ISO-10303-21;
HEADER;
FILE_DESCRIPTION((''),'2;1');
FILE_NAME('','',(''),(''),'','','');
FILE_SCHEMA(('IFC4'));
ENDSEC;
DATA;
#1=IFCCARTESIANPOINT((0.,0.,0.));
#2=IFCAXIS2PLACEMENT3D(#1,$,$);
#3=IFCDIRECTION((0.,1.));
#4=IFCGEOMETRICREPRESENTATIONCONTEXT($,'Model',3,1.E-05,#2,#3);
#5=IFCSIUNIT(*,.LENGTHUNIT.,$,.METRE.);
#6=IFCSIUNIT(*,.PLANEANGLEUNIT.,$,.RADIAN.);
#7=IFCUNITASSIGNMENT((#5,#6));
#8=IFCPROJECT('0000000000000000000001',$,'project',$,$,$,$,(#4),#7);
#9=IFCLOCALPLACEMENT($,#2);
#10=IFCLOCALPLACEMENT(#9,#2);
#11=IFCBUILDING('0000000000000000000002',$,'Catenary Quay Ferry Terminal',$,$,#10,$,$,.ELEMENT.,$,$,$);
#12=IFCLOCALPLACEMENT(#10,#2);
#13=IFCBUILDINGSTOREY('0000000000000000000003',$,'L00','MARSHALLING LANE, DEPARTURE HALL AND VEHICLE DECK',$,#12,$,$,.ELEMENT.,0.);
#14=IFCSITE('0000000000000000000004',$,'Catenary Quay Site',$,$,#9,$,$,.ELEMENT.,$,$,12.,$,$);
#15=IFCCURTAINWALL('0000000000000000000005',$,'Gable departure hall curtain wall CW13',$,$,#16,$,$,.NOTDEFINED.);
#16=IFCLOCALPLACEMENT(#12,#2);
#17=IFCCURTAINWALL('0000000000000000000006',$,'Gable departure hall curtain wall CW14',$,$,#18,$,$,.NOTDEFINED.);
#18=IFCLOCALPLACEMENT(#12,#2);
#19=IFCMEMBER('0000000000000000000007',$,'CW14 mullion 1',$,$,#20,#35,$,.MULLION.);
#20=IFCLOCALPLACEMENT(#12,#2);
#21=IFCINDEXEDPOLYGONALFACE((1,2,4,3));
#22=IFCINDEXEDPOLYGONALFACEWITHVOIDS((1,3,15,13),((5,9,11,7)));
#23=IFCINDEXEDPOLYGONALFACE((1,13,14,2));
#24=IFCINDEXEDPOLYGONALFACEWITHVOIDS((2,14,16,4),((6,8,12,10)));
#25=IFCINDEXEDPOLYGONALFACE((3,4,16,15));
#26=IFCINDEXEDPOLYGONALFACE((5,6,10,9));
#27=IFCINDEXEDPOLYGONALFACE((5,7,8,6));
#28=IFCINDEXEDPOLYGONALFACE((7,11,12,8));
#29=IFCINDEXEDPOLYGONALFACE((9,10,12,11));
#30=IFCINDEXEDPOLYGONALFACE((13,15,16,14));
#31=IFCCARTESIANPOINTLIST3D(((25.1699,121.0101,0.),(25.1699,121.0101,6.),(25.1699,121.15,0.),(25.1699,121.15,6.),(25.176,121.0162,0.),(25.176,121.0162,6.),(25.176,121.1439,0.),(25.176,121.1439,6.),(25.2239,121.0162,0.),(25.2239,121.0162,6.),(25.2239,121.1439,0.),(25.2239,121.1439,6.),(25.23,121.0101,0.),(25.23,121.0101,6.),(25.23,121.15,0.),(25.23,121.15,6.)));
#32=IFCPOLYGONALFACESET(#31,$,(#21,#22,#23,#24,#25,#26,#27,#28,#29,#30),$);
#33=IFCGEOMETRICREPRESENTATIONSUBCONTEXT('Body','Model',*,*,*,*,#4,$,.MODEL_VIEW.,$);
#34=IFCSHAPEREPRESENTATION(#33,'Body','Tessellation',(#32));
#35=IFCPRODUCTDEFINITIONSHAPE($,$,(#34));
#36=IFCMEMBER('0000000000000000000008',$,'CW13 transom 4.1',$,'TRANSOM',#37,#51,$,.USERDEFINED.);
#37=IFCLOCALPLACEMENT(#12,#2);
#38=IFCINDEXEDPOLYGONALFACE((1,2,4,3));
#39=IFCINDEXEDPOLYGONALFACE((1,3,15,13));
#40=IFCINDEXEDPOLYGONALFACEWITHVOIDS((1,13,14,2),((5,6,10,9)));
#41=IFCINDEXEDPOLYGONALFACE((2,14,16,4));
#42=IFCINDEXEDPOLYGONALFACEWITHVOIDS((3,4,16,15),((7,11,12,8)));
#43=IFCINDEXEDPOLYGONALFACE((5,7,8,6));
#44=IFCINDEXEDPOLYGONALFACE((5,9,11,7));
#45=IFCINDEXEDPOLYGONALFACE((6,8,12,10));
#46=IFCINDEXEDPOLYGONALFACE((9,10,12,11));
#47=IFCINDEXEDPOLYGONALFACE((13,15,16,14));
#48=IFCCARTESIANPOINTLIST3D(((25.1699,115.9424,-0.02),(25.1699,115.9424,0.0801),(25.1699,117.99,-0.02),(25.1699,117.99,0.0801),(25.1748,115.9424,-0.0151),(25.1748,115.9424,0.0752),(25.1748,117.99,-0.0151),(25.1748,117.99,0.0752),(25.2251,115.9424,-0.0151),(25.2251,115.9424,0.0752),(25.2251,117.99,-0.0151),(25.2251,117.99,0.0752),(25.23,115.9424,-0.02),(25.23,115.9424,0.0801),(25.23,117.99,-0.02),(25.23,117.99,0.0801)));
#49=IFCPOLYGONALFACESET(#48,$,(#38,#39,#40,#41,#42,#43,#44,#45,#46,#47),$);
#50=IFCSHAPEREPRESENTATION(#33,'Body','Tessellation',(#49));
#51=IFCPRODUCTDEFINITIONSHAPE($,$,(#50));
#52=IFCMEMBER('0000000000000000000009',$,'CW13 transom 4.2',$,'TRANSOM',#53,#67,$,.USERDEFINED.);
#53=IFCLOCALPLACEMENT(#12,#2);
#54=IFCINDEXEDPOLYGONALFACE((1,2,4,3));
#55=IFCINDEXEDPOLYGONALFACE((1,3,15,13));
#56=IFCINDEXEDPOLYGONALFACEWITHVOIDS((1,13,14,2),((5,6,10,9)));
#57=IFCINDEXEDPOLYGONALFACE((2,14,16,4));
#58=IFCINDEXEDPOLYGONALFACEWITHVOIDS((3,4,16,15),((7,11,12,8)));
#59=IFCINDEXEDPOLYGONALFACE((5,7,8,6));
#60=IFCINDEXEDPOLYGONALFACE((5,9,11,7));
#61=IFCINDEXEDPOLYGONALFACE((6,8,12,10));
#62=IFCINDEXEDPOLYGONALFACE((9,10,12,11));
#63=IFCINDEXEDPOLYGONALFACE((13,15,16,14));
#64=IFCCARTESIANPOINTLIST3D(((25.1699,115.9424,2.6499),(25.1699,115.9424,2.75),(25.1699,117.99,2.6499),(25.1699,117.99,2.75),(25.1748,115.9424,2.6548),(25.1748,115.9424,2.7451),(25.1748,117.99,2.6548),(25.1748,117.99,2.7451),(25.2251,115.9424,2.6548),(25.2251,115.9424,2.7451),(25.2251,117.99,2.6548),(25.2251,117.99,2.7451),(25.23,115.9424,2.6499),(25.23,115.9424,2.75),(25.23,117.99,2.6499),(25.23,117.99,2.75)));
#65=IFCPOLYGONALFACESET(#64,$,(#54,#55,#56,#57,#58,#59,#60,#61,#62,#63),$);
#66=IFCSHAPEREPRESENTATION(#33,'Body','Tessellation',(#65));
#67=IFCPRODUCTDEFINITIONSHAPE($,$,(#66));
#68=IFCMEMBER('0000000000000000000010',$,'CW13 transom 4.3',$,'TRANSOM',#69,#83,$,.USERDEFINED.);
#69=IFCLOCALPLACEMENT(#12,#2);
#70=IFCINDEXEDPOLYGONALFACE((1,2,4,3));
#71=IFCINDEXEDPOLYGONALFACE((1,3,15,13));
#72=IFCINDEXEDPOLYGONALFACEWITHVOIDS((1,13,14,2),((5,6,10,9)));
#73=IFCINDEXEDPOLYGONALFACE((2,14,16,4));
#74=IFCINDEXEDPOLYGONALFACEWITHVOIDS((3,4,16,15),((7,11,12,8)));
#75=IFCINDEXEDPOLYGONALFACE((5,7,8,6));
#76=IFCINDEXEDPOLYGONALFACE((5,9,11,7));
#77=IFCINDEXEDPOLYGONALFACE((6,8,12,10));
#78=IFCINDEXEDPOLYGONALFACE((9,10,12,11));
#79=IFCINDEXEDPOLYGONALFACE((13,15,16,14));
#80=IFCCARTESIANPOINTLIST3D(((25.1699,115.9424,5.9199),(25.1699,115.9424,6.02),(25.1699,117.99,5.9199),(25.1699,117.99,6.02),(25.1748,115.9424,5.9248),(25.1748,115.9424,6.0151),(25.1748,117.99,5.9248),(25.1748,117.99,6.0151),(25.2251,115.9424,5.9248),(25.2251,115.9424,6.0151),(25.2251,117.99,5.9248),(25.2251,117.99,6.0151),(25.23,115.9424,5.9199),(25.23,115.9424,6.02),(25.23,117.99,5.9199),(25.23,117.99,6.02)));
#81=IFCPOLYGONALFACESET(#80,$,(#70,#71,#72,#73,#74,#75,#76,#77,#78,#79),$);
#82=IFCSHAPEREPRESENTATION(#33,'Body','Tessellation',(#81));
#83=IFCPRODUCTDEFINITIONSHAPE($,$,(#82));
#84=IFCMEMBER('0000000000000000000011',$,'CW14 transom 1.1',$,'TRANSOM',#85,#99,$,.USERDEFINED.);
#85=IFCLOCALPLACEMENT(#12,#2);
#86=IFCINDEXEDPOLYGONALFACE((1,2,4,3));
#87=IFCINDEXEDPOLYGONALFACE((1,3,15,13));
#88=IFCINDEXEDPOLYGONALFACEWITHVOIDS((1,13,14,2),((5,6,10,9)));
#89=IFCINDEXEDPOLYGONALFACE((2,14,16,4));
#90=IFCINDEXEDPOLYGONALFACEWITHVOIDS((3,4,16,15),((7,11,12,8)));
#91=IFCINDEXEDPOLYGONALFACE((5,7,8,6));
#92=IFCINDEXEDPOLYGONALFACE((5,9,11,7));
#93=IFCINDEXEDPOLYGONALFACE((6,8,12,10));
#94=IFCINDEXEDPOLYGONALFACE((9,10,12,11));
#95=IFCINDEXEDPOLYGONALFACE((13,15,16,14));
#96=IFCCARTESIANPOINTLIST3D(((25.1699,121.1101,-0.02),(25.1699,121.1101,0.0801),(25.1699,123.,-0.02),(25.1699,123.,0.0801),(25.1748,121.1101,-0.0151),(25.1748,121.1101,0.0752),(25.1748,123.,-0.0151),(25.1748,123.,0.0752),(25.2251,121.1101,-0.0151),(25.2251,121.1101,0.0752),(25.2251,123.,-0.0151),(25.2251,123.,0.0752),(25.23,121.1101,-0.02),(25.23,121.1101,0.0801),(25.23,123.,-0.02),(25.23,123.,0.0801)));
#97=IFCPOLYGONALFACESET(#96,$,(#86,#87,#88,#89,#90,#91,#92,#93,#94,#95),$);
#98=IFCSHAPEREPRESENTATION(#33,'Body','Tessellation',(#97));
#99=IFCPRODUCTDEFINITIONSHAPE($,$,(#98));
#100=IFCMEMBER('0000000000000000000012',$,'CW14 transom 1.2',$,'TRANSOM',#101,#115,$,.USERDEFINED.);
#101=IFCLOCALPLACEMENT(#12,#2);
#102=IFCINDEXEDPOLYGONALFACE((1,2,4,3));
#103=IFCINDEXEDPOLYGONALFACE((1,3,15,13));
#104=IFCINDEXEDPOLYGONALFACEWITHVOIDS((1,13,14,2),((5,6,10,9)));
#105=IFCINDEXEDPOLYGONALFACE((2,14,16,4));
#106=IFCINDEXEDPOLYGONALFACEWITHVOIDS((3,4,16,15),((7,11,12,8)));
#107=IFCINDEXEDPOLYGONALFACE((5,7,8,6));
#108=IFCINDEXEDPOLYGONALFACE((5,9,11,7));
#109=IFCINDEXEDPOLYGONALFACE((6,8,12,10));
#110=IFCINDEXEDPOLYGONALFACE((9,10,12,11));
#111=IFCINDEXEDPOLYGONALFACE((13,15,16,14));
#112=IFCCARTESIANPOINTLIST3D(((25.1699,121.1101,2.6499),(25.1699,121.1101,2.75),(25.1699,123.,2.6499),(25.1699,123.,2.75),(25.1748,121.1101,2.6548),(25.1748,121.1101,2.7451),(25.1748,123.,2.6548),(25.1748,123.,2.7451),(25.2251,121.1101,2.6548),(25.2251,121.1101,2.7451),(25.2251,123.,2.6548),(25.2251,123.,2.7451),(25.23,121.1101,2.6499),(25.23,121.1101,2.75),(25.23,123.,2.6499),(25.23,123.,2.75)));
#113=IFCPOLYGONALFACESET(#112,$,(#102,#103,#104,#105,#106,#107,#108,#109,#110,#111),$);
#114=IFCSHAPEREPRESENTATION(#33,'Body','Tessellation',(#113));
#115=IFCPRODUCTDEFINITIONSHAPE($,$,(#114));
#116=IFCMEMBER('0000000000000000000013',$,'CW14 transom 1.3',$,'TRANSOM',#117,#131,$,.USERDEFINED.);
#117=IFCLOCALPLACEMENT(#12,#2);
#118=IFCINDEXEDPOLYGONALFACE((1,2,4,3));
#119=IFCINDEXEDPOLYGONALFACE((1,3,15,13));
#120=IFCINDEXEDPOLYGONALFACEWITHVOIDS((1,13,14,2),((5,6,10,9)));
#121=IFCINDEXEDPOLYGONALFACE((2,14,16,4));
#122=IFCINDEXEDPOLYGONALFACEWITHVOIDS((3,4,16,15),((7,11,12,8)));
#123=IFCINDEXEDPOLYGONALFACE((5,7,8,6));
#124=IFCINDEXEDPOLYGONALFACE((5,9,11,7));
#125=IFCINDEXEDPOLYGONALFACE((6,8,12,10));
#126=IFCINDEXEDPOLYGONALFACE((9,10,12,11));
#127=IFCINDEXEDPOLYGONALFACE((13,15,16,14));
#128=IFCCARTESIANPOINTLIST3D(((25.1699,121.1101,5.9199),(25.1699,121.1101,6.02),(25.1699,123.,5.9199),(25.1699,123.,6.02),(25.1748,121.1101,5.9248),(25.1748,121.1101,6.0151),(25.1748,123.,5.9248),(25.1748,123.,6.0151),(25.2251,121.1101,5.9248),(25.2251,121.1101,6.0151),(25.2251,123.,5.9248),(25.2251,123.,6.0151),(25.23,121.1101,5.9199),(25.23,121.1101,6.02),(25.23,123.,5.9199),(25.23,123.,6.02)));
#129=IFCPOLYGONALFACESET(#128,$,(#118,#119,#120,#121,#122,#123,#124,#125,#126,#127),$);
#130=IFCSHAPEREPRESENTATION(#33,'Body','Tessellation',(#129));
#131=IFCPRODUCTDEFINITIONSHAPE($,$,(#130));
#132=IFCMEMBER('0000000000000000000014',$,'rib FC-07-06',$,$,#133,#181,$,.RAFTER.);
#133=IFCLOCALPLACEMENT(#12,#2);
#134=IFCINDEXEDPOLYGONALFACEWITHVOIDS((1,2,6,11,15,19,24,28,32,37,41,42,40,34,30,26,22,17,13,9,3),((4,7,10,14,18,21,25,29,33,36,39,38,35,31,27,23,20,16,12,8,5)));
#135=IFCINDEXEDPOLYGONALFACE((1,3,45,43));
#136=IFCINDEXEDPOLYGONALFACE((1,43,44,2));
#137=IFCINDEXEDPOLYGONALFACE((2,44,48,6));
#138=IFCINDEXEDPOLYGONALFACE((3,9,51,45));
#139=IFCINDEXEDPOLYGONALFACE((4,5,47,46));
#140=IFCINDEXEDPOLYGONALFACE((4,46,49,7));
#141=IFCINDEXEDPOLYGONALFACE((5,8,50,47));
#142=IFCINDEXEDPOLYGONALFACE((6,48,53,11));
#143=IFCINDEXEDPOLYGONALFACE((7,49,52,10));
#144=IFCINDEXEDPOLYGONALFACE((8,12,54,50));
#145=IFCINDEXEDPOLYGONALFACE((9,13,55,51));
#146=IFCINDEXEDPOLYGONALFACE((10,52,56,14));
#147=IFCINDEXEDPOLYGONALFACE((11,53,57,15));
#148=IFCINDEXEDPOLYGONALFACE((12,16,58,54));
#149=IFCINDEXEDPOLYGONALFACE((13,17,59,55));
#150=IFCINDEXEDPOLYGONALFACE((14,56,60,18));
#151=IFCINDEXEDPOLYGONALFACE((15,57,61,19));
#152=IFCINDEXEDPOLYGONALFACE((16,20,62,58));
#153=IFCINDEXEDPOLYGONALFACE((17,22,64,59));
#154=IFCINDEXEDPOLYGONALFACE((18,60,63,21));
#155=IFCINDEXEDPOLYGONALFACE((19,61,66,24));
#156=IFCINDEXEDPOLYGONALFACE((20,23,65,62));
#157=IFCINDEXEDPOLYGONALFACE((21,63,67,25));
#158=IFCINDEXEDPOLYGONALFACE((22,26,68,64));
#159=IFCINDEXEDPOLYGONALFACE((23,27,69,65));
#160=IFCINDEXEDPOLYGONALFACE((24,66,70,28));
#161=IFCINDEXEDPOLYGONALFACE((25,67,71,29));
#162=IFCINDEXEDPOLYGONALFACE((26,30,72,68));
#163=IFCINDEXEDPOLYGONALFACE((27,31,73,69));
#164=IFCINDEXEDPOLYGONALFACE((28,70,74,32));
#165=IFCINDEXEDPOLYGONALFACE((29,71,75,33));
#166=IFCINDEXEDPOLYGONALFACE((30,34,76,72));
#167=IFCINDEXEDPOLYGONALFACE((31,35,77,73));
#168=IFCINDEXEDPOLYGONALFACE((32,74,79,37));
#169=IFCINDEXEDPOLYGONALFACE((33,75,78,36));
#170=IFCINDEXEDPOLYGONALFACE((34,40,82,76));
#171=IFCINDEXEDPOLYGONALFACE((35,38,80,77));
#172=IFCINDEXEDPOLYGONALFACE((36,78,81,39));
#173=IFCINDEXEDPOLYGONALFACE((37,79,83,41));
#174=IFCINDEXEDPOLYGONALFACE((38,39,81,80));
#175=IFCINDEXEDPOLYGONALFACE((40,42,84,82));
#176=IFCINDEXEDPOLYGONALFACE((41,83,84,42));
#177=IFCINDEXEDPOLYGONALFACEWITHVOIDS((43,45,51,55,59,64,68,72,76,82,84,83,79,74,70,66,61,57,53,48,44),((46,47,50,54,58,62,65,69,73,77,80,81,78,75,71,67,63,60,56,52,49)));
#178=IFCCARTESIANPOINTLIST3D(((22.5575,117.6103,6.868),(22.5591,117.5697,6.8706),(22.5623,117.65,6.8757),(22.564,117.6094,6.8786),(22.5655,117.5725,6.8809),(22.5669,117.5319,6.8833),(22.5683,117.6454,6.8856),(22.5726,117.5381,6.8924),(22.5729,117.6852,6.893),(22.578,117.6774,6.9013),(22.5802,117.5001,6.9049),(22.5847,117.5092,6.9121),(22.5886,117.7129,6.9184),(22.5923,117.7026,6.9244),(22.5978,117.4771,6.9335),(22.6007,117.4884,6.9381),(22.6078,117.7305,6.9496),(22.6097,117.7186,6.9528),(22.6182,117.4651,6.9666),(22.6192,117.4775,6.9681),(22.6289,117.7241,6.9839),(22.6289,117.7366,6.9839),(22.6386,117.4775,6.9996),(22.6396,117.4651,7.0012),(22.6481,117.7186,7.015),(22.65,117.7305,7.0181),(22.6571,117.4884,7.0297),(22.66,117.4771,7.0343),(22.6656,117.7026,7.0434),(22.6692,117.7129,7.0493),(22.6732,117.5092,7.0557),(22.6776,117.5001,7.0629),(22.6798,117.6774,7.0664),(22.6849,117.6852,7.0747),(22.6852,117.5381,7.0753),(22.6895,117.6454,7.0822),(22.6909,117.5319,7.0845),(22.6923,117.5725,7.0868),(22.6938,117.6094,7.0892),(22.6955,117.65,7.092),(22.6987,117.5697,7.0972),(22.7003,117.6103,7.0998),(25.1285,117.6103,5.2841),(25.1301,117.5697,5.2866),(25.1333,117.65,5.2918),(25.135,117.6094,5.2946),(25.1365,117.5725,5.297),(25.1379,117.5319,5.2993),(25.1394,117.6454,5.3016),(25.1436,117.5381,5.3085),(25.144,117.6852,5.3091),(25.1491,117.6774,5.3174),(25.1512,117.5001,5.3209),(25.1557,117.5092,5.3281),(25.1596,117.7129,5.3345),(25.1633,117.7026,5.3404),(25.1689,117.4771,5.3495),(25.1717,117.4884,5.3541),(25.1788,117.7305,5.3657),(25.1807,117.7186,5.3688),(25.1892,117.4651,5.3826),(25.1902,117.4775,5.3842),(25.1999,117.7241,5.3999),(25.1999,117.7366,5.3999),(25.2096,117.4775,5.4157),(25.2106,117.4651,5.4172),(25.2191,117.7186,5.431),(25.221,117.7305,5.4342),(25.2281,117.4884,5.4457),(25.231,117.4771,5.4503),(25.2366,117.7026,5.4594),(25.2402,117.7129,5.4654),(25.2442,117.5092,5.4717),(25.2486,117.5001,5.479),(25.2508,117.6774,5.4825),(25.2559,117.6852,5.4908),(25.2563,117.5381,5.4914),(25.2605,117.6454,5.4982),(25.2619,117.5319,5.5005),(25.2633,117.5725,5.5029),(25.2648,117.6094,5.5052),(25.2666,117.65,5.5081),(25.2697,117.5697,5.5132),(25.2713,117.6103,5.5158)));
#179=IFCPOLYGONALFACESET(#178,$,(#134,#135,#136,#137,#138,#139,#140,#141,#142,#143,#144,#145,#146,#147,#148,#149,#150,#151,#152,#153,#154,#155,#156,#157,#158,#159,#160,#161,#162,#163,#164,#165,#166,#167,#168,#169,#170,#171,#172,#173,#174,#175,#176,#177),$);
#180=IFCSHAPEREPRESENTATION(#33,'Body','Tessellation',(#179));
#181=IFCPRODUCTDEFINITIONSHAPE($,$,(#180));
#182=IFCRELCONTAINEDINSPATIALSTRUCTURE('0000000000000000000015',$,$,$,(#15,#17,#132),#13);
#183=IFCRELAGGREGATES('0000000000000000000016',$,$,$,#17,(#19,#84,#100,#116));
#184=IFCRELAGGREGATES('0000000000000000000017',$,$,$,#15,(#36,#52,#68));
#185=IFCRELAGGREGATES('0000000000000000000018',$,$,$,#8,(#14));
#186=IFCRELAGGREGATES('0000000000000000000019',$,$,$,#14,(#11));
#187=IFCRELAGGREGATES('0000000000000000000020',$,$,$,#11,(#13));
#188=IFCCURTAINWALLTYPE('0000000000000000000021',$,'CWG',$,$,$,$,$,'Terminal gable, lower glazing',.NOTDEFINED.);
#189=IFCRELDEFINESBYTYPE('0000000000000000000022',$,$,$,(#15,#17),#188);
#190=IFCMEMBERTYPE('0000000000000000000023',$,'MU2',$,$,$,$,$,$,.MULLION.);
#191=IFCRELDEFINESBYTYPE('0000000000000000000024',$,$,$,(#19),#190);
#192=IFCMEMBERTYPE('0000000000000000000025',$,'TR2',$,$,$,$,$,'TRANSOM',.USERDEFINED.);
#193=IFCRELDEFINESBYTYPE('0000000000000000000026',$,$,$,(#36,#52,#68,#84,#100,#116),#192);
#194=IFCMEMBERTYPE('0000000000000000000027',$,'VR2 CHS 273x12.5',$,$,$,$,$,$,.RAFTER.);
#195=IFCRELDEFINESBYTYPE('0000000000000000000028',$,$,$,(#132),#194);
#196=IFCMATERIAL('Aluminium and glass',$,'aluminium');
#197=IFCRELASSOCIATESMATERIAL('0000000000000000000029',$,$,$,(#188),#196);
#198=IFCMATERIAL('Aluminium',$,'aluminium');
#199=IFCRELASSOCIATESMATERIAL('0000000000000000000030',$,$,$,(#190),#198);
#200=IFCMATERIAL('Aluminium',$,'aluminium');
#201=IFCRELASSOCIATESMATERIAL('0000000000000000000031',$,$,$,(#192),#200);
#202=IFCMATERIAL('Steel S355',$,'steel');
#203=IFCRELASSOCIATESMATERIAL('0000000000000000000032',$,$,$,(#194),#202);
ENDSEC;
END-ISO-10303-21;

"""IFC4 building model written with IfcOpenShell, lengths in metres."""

from ifc_helpers import new_model, si_unit, direction, frame, origin, origin_2d, place, context, subcontext, project, spatial, hollow_rectangle, hollow_circle, extrude, material, material_profile, profile_set, type_object, element, aggregate, save


model = new_model("IFC4")

# Units and contexts
model_context = context("Model", 3, precision=1e-05, world=origin(), true_north=direction((0.0, 1.0)))
body_context = subcontext(model_context, "Body", "Model", "MODEL_VIEW")
ifc_project = project(units=[si_unit("LENGTHUNIT", "METRE"), si_unit("PLANEANGLEUNIT", "RADIAN")], contexts=[model_context])

# Site, building, storey
site_placement = place(None, origin())
site = spatial("IfcSite", under=ifc_project, at=site_placement, Name="Catenary Quay Site", CompositionType="ELEMENT", RefElevation=12.0)
building_placement = place(site_placement, origin())
building = spatial("IfcBuilding", under=site, at=building_placement, Name="Catenary Quay Ferry Terminal", CompositionType="ELEMENT")
storey_placement = place(building_placement, origin())
storey = spatial("IfcBuildingStorey", under=building, at=storey_placement, Name="L00", Description="MARSHALLING LANE, DEPARTURE HALL AND VEHICLE DECK", CompositionType="ELEMENT", Elevation=0.0)

# Curtain wall
ifc_material_1 = material(Name="Aluminium and glass", Category="aluminium")
curtain_wall_type = type_object("IfcCurtainWallType", Name="CWG", ElementType="Terminal gable, lower glazing", PredefinedType="NOTDEFINED", material=ifc_material_1)
curtain_wall_1_placement = place(storey_placement, origin())
curtain_wall_1 = element("IfcCurtainWall", 1, at=curtain_wall_1_placement, inside=storey, type_object=curtain_wall_type, Name="Gable departure hall curtain wall CW13", PredefinedType="NOTDEFINED")
ifc_material_2 = material(Name="Aluminium", Category="aluminium")
ifc_material_profile_1 = material_profile(ifc_material_2, hollow_rectangle(XDim=0.0601, YDim=0.1399, WallThickness=0.0061, at=origin_2d()), Name="MU2")
ifc_profile_set_1 = profile_set([ifc_material_profile_1], Name="Aluminium")
member_type_1 = type_object("IfcMemberType", Name="MU2", PredefinedType="MULLION", material=ifc_profile_set_1)

# Curtain wall, member
curtain_wall_2_placement = place(storey_placement, origin())
curtain_wall_2 = element("IfcCurtainWall", 2, at=curtain_wall_2_placement, inside=storey, type_object=curtain_wall_type, Name="Gable departure hall curtain wall CW14", PredefinedType="NOTDEFINED")
member_1_placement = place(storey_placement, frame((25.2, 121.0801, 0.0), z_axis=(0.0, 0.0, 1.0), x_axis=(-1.0, 0.0, 0.0)))
member_1 = element("IfcMember", 3, at=member_1_placement, type_object=member_type_1, Name="CW14 mullion 1", PredefinedType="MULLION", context=body_context, shape_type="SweptSolid", body=[
    extrude(hollow_rectangle(XDim=0.0601, YDim=0.1399, WallThickness=0.0061, at=origin_2d()), origin(), (0.0, 0.0, 1.0), 6.0),
])

# Members
ifc_material_3 = material(Name="Aluminium", Category="aluminium")
ifc_material_profile_2 = material_profile(ifc_material_3, hollow_rectangle(XDim=0.0601, YDim=0.1001, WallThickness=0.0049, at=origin_2d()), Name="TR2")
ifc_profile_set_2 = profile_set([ifc_material_profile_2], Name="Aluminium")
member_type_2 = type_object("IfcMemberType", Name="TR2", ElementType="TRANSOM", PredefinedType="USERDEFINED", material=ifc_profile_set_2)
member_2_placement = place(storey_placement, frame((25.2, 115.9424, 0.03), z_axis=(0.0, 1.0, 0.0), x_axis=(-1.0, 0.0, 0.0)))
member_2 = element("IfcMember", 4, at=member_2_placement, type_object=member_type_2, Name="CW13 transom 4.1", ObjectType="TRANSOM", PredefinedType="USERDEFINED", context=body_context, shape_type="SweptSolid", body=[
    extrude(hollow_rectangle(XDim=0.0601, YDim=0.1001, WallThickness=0.0049, at=origin_2d()), origin(), (0.0, 0.0, 1.0), 2.0476),
])
member_3_placement = place(storey_placement, frame((25.2, 115.9424, 2.7), z_axis=(0.0, 1.0, 0.0), x_axis=(-1.0, 0.0, 0.0)))
member_3 = element("IfcMember", 5, at=member_3_placement, type_object=member_type_2, Name="CW13 transom 4.2", ObjectType="TRANSOM", PredefinedType="USERDEFINED", context=body_context, shape_type="SweptSolid", body=[
    extrude(hollow_rectangle(XDim=0.0601, YDim=0.1001, WallThickness=0.0049, at=origin_2d()), origin(), (0.0, 0.0, 1.0), 2.0476),
])
member_4_placement = place(storey_placement, frame((25.2, 115.9424, 5.97), z_axis=(0.0, 1.0, 0.0), x_axis=(-1.0, 0.0, 0.0)))
member_4 = element("IfcMember", 6, at=member_4_placement, type_object=member_type_2, Name="CW13 transom 4.3", ObjectType="TRANSOM", PredefinedType="USERDEFINED", context=body_context, shape_type="SweptSolid", body=[
    extrude(hollow_rectangle(XDim=0.0601, YDim=0.1001, WallThickness=0.0049, at=origin_2d()), origin(), (0.0, 0.0, 1.0), 2.0476),
])
member_5_placement = place(storey_placement, frame((25.2, 121.1101, 0.03), z_axis=(0.0, 1.0, 0.0), x_axis=(-1.0, 0.0, 0.0)))
member_5 = element("IfcMember", 7, at=member_5_placement, type_object=member_type_2, Name="CW14 transom 1.1", ObjectType="TRANSOM", PredefinedType="USERDEFINED", context=body_context, shape_type="SweptSolid", body=[
    extrude(hollow_rectangle(XDim=0.0601, YDim=0.1001, WallThickness=0.0049, at=origin_2d()), origin(), (0.0, 0.0, 1.0), 1.8899),
])
member_6_placement = place(storey_placement, frame((25.2, 121.1101, 2.7), z_axis=(0.0, 1.0, 0.0), x_axis=(-1.0, 0.0, 0.0)))
member_6 = element("IfcMember", 8, at=member_6_placement, type_object=member_type_2, Name="CW14 transom 1.2", ObjectType="TRANSOM", PredefinedType="USERDEFINED", context=body_context, shape_type="SweptSolid", body=[
    extrude(hollow_rectangle(XDim=0.0601, YDim=0.1001, WallThickness=0.0049, at=origin_2d()), origin(), (0.0, 0.0, 1.0), 1.8899),
])
member_7_placement = place(storey_placement, frame((25.2, 121.1101, 5.97), z_axis=(0.0, 1.0, 0.0), x_axis=(-1.0, 0.0, 0.0)))
member_7 = element("IfcMember", 9, at=member_7_placement, type_object=member_type_2, Name="CW14 transom 1.3", ObjectType="TRANSOM", PredefinedType="USERDEFINED", context=body_context, shape_type="SweptSolid", body=[
    extrude(hollow_rectangle(XDim=0.0601, YDim=0.1001, WallThickness=0.0049, at=origin_2d()), origin(), (0.0, 0.0, 1.0), 1.8899),
])
aggregate(curtain_wall_2, [member_1, member_5, member_6, member_7])

# Member
ifc_material_4 = material(Name="Steel S355", Category="steel")
ifc_material_profile_3 = material_profile(ifc_material_4, hollow_circle(Radius=0.1365, WallThickness=0.0125, at=origin_2d()), Name="CHS 273x12.5")
ifc_profile_set_3 = profile_set([ifc_material_profile_3], Name="Steel S355")
member_type_3 = type_object("IfcMemberType", Name="VR2 CHS 273x12.5", PredefinedType="RAFTER", material=ifc_profile_set_3)
for number, where, z_axis, x_axis, name in (
    (10, (22.6289, 117.6001, 6.9839), (0.851392, 0.0, -0.52453), (0.0, 1.0, 0.0), "rib FC-07-06"),
):
    element("IfcMember", number, at=place(storey_placement, frame(where, z_axis=z_axis, x_axis=x_axis)), inside=storey, type_object=member_type_3, Name=name, PredefinedType="RAFTER", context=body_context, shape_type="SweptSolid", body=[
        extrude(hollow_circle(Radius=0.1365, WallThickness=0.0125, at=origin_2d()), origin(), (0.0, 0.0, 1.0), 3.0198),
    ])

aggregate(curtain_wall_1, [member_2, member_3, member_4])

save(model, "model.ifc")
